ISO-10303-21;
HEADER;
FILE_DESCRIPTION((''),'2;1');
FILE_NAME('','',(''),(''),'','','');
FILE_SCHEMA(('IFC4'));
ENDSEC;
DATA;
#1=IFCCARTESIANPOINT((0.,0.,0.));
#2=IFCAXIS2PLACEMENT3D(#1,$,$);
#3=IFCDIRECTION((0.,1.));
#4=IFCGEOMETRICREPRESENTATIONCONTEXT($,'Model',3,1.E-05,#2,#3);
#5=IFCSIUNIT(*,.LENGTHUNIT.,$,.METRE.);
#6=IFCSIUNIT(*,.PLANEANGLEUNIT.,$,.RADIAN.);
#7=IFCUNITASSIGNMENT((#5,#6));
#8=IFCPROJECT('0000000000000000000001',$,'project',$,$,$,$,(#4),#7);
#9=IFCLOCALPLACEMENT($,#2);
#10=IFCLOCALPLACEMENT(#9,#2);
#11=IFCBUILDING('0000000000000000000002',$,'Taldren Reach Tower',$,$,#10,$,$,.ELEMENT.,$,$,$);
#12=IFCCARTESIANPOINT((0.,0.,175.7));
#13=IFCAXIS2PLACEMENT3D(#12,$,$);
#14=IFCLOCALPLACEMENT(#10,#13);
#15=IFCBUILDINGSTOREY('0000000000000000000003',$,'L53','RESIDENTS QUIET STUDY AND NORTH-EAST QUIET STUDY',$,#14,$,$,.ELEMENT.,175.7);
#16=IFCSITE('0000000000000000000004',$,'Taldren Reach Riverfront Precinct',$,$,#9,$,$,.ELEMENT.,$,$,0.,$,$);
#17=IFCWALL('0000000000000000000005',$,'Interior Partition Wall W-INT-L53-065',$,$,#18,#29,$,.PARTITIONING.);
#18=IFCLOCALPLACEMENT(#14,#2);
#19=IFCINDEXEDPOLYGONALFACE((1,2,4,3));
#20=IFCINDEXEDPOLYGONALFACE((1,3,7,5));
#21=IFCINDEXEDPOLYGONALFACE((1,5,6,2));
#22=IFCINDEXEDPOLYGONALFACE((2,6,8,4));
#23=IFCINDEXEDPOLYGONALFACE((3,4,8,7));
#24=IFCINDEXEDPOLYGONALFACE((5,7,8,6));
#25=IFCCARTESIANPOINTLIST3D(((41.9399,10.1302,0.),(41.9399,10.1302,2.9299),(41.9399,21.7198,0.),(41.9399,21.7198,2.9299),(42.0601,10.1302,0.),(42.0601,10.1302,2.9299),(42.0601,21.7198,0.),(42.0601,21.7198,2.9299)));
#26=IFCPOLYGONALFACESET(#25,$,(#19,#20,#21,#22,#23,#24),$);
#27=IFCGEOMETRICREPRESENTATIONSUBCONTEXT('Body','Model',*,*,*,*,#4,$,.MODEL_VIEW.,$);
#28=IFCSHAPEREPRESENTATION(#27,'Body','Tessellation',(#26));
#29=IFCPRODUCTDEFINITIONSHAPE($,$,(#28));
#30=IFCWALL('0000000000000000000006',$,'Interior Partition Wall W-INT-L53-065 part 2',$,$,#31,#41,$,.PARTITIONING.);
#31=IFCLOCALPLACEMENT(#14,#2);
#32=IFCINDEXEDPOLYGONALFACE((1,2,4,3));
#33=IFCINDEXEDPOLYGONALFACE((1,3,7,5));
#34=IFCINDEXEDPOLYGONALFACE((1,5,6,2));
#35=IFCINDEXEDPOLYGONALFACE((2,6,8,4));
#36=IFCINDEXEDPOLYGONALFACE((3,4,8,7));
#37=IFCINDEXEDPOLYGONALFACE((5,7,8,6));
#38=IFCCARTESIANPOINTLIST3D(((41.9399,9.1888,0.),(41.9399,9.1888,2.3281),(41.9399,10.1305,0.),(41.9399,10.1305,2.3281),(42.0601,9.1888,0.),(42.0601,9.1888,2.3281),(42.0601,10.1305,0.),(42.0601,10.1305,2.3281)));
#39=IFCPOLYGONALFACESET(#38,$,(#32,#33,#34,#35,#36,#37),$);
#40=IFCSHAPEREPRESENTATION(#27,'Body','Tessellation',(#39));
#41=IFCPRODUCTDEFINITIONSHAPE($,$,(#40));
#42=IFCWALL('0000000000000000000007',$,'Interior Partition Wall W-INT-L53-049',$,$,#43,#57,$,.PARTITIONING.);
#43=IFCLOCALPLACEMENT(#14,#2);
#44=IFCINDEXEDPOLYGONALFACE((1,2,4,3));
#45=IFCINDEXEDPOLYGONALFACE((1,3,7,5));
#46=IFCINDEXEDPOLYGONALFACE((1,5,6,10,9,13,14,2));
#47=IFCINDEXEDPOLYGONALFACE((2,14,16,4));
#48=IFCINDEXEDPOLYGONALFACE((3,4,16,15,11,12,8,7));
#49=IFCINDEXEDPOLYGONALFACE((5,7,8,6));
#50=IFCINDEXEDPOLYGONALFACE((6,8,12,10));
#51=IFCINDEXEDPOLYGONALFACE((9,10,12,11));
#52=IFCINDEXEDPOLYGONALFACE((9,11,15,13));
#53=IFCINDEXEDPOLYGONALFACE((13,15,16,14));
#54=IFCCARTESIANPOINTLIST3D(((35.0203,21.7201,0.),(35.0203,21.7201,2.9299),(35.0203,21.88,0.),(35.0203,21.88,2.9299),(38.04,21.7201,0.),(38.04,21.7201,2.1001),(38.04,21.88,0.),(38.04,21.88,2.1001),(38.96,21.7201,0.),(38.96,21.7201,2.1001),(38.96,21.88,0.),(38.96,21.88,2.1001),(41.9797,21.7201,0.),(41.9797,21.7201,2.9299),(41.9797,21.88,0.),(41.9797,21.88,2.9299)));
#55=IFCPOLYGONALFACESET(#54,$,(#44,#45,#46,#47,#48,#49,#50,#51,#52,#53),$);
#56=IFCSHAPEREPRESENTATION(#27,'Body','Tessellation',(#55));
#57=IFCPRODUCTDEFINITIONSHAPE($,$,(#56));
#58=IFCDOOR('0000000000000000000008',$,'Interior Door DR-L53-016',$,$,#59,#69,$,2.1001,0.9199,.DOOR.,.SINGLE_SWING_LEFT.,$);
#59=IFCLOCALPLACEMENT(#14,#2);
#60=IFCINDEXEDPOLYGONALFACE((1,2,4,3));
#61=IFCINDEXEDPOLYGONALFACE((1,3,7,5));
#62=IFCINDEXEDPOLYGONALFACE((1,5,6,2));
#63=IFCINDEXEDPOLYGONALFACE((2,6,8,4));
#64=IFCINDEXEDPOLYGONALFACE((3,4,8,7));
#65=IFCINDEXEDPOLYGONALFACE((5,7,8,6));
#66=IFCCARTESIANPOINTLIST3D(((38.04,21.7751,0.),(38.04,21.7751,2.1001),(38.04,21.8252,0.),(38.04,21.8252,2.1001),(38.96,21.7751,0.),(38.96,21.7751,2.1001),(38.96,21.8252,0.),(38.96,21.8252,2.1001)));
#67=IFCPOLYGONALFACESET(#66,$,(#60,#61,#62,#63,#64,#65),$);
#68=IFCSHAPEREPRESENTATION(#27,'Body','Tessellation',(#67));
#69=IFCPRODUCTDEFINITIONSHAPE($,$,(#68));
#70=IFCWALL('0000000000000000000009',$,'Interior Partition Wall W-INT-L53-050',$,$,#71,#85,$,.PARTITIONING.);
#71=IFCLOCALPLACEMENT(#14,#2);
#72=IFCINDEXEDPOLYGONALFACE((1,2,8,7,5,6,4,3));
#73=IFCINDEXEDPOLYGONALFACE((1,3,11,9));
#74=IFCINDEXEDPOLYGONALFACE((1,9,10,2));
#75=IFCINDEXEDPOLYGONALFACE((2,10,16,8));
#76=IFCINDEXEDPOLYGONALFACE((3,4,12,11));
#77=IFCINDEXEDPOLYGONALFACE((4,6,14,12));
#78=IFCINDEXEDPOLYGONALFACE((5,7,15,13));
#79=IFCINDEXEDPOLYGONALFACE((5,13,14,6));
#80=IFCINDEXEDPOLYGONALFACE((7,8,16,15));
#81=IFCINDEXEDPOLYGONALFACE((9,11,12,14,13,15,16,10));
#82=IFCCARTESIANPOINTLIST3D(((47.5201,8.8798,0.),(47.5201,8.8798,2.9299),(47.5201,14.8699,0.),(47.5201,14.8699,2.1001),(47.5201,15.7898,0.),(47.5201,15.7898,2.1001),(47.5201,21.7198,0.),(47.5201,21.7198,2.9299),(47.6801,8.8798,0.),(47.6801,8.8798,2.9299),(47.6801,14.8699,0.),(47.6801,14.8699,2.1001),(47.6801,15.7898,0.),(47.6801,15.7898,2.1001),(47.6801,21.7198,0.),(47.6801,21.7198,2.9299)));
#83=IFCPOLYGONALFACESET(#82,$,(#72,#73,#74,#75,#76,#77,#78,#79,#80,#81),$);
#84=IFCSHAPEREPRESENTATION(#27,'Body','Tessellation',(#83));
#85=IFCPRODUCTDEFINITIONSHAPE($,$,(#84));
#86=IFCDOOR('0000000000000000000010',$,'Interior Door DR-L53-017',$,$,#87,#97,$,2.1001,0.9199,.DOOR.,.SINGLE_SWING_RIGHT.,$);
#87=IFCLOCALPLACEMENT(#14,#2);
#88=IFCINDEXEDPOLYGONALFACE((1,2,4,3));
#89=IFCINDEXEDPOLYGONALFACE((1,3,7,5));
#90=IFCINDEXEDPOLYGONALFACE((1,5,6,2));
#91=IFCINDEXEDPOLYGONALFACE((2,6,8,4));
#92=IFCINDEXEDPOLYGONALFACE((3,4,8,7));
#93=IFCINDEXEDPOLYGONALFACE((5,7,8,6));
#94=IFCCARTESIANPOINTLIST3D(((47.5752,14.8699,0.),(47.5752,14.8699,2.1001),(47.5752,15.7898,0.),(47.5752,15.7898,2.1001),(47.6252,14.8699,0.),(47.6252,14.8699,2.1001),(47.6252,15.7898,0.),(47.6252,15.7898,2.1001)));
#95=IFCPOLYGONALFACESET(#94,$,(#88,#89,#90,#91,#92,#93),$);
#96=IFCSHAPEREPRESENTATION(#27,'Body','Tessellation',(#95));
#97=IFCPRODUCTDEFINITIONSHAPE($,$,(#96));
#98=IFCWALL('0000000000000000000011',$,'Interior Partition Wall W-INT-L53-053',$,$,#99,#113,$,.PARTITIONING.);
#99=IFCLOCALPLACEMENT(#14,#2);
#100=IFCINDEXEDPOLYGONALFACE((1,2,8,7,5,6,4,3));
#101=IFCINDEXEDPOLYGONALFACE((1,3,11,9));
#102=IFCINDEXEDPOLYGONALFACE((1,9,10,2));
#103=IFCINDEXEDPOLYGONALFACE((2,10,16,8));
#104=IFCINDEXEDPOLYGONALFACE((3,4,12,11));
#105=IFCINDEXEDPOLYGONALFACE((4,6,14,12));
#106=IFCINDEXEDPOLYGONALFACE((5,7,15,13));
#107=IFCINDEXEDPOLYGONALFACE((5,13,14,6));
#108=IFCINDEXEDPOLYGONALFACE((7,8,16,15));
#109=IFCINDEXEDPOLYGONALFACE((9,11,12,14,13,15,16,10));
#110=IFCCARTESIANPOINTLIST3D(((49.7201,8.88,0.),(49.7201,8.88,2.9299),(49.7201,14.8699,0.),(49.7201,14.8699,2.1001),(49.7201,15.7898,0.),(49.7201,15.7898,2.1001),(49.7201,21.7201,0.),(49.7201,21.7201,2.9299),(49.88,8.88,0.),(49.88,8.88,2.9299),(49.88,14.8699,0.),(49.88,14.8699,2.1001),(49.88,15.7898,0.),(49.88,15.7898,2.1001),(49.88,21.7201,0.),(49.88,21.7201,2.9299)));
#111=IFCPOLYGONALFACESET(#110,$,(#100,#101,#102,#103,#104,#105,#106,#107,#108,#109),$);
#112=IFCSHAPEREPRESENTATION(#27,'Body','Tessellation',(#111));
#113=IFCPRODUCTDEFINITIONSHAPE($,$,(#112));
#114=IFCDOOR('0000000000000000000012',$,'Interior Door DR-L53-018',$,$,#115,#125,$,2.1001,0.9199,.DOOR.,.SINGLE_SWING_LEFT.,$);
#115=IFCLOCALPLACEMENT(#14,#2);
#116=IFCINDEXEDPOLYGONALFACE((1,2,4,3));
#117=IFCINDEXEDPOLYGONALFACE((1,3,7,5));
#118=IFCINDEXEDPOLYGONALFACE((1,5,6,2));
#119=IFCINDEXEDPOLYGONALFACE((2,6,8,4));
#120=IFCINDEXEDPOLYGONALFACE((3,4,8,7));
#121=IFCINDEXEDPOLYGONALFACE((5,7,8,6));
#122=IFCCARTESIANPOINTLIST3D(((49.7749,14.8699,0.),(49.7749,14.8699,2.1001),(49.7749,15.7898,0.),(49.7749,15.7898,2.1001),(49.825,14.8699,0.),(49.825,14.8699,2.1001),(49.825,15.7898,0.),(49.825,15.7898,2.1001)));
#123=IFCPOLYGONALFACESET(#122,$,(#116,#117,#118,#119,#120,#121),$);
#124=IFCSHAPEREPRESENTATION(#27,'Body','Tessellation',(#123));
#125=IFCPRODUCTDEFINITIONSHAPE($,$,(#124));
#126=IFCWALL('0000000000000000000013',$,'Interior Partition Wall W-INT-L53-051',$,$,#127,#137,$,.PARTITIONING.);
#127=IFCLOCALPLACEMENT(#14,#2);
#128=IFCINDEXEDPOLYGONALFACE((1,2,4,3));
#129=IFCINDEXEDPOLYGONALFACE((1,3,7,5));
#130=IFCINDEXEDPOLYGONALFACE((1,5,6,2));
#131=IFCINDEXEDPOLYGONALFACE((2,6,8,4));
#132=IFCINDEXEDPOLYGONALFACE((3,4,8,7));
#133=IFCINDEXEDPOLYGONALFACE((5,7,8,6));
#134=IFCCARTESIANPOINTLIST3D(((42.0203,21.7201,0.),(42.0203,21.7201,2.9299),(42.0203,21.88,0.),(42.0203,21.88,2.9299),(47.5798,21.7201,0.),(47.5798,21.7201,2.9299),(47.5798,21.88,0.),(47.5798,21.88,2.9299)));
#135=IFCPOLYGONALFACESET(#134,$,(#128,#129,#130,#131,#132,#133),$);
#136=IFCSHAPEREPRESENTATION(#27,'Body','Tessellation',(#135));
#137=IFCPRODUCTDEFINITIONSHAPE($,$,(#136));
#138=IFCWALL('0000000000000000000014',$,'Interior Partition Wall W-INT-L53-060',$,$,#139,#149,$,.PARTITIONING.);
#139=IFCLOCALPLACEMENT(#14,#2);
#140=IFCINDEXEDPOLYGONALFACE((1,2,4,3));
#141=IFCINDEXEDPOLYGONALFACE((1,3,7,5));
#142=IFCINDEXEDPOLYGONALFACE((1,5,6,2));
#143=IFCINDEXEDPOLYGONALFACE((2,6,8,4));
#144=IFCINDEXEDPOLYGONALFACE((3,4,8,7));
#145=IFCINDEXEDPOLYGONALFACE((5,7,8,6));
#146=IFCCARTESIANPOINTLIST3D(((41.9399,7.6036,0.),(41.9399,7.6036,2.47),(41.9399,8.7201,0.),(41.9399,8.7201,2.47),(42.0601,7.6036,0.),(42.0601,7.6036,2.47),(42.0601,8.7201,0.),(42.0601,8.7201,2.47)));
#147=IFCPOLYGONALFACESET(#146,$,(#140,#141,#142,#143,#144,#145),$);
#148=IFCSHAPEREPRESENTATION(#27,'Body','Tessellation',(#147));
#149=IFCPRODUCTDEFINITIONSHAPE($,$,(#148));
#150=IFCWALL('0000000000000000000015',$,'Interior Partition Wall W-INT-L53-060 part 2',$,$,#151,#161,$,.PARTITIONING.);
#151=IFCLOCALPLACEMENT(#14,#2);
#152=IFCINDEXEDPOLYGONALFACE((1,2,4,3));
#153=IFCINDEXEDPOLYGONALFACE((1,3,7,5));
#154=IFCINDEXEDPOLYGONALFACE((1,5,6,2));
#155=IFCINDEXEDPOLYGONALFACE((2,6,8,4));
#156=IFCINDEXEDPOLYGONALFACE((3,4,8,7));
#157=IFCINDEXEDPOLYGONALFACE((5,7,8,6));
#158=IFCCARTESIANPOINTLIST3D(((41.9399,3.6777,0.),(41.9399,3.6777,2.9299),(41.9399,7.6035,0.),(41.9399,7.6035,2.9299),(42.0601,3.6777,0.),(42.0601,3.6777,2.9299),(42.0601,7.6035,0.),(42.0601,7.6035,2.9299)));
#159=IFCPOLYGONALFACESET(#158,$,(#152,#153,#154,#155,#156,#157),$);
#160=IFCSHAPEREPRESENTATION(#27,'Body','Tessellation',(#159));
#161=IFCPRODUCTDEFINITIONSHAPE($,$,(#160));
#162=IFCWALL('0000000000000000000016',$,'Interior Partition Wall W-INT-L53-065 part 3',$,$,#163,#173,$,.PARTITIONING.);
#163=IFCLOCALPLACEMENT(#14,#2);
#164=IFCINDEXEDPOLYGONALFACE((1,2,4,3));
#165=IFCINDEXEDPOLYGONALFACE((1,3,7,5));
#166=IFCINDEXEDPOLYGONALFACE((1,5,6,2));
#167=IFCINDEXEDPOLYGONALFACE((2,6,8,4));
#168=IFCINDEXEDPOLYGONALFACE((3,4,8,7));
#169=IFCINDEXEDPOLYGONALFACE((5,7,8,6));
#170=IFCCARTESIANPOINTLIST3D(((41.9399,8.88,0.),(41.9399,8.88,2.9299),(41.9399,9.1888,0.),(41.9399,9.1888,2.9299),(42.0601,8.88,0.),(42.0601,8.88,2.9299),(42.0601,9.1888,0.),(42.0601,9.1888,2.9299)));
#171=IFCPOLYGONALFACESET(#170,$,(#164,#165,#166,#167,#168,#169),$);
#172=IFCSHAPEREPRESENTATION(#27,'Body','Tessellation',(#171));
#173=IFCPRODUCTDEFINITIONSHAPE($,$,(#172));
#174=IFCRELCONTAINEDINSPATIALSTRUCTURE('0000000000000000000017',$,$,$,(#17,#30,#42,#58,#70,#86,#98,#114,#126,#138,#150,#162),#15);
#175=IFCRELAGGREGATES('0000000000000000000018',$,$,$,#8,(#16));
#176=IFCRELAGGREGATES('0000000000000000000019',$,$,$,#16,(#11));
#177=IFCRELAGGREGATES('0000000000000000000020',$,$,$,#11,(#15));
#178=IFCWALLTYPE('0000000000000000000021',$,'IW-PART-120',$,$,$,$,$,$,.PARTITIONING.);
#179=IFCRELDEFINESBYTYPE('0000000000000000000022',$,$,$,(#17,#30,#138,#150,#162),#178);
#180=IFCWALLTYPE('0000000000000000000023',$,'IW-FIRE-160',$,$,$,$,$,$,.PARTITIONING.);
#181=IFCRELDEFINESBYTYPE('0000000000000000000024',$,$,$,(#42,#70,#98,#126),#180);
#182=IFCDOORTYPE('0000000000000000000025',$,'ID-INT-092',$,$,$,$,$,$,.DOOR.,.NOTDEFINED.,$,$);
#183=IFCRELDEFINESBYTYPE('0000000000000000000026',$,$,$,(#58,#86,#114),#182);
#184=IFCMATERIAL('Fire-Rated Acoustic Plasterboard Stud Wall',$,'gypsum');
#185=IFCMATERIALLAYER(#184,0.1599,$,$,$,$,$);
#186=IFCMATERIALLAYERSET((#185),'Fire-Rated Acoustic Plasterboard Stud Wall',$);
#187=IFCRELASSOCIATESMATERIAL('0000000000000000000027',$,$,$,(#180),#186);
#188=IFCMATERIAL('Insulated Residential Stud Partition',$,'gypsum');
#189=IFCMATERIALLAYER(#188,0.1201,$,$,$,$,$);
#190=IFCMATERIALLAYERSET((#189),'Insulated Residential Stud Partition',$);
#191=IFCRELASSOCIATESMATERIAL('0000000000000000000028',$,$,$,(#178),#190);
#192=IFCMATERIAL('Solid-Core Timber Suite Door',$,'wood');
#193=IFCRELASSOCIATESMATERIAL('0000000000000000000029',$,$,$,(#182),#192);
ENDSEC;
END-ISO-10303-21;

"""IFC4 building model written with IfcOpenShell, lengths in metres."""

from ifc_helpers import new_model, si_unit, direction, frame, frame_2d, origin, place, context, subcontext, project, spatial, rectangle, extrude, source, transform, mapped, material, layer, layer_set, type_object, element, fill, save


model = new_model("IFC4")

# Units and contexts
model_context = context("Model", 3, precision=1e-05, world=origin(), true_north=direction((0.0, 1.0)))
body_context = subcontext(model_context, "Body", "Model", "MODEL_VIEW")
ifc_project = project(units=[si_unit("LENGTHUNIT", "METRE"), si_unit("PLANEANGLEUNIT", "RADIAN")], contexts=[model_context])

# Site, building, storey
site_placement = place(None, origin())
site = spatial("IfcSite", under=ifc_project, at=site_placement, Name="Taldren Reach Riverfront Precinct", CompositionType="ELEMENT", RefElevation=0.0)
building_placement = place(site_placement, origin())
building = spatial("IfcBuilding", under=site, at=building_placement, Name="Taldren Reach Tower", CompositionType="ELEMENT")
storey_placement = place(building_placement, frame((0.0, 0.0, 175.7)))
storey = spatial("IfcBuildingStorey", under=building, at=storey_placement, Name="L53", Description="RESIDENTS QUIET STUDY AND NORTH-EAST QUIET STUDY", CompositionType="ELEMENT", Elevation=175.7)

# Walls
ifc_material_1 = material(Name="Fire-Rated Acoustic Plasterboard Stud Wall", Category="gypsum")
ifc_layer_1 = layer(ifc_material_1, 0.1599)
ifc_layer_set_1 = layer_set([ifc_layer_1], Name="Fire-Rated Acoustic Plasterboard Stud Wall")
wall_type_1 = type_object("IfcWallType", Name="IW-FIRE-160", PredefinedType="PARTITIONING", material=ifc_layer_set_1)
ifc_material_2 = material(Name="Insulated Residential Stud Partition", Category="gypsum")
ifc_layer_2 = layer(ifc_material_2, 0.1201)
ifc_layer_set_2 = layer_set([ifc_layer_2], Name="Insulated Residential Stud Partition")
wall_type_2 = type_object("IfcWallType", Name="IW-PART-120", PredefinedType="PARTITIONING", material=ifc_layer_set_2)
shared_shape_1 = source(origin(), body_context, "Body", "SweptSolid", [
    extrude(rectangle(XDim=11.5896, YDim=0.1201, at=frame_2d((5.7949, 0.0))), origin(), (0.0, 0.0, 1.0), 2.9299),
])
wall_1_placement = place(storey_placement, frame((42.0, 21.72, 0.0), z_axis=(0.0, 0.0, 1.0), x_axis=(0.0, -1.0, 0.0)))
element("IfcWall", 1, at=wall_1_placement, inside=storey, type_object=wall_type_2, Name="Interior Partition Wall W-INT-L53-065", PredefinedType="PARTITIONING", context=body_context, shape_type="MappedRepresentation", body=[
    mapped(shared_shape_1, transform((0.0, 0.0, 0.0), scale=1.0)),
])
shared_shape_2 = source(origin(), body_context, "Body", "SweptSolid", [
    extrude(rectangle(XDim=0.9417, YDim=0.1201, at=frame_2d((0.4707, 0.0))), origin(), (0.0, 0.0, 1.0), 2.3281),
])
wall_2_placement = place(storey_placement, frame((42.0, 10.1304, 0.0), z_axis=(0.0, 0.0, 1.0), x_axis=(0.0, -1.0, 0.0)))
element("IfcWall", 2, at=wall_2_placement, inside=storey, type_object=wall_type_2, Name="Interior Partition Wall W-INT-L53-065 part 2", PredefinedType="PARTITIONING", context=body_context, shape_type="MappedRepresentation", body=[
    mapped(shared_shape_2, transform((0.0, 0.0, 0.0), scale=1.0)),
])

# Walls, openings, doors
shared_shape_3 = source(origin(), body_context, "Body", "SweptSolid", [
    extrude(rectangle(XDim=6.9595, YDim=0.1599, at=frame_2d((3.4797, 0.0))), origin(), (0.0, 0.0, 1.0), 2.9299),
])
wall_3_placement = place(storey_placement, frame((41.9797, 21.8, 0.0), z_axis=(0.0, 0.0, 1.0), x_axis=(-1.0, 0.0, 0.0)))
wall_3 = element("IfcWall", 3, at=wall_3_placement, inside=storey, type_object=wall_type_1, Name="Interior Partition Wall W-INT-L53-049", PredefinedType="PARTITIONING", context=body_context, shape_type="MappedRepresentation", body=[
    mapped(shared_shape_3, transform((0.0, 0.0, 0.0), scale=1.0)),
])
shared_shape_4 = source(origin(), body_context, "Body", "SweptSolid", [
    extrude(rectangle(XDim=0.9199, YDim=2.1001, at=frame_2d((0.46, 1.05))), frame((0.0, 0.0898, 0.0), z_axis=(0.0, -1.0, 0.0), x_axis=(1.0, 0.0, 0.0)), (0.0, 0.0, 1.0), 0.1799),
])
opening_1_placement = place(wall_3_placement, frame((3.0198, 0.0, 0.0)))
opening_1 = element("IfcOpeningElement", 4, at=opening_1_placement, cuts=wall_3, PredefinedType="OPENING", context=body_context, shape_type="MappedRepresentation", body=[
    mapped(shared_shape_4, transform((0.0, 0.0, 0.0), scale=1.0)),
])
ifc_material_3 = material(Name="Solid-Core Timber Suite Door", Category="wood")
door_type = type_object("IfcDoorType", Name="ID-INT-092", OperationType="NOTDEFINED", PredefinedType="DOOR", material=ifc_material_3)
shared_shape_5 = source(origin(), body_context, "Body", "SweptSolid", [
    extrude(rectangle(XDim=0.9199, YDim=2.1001, at=frame_2d((0.46, 1.05))), frame((0.0, 0.0249, 0.0), z_axis=(0.0, -1.0, 0.0), x_axis=(1.0, 0.0, 0.0)), (0.0, 0.0, 1.0), 0.05),
])
door_1_placement = place(opening_1_placement, origin())
door_1 = element("IfcDoor", 5, at=door_1_placement, inside=storey, type_object=door_type, Name="Interior Door DR-L53-016", OperationType="SINGLE_SWING_LEFT", OverallHeight=2.1001, OverallWidth=0.9199, PredefinedType="DOOR", context=body_context, shape_type="MappedRepresentation", body=[
    mapped(shared_shape_5, transform((0.0, 0.0, 0.0), scale=1.0)),
])
fill(opening_1, door_1)
shared_shape_6 = source(origin(), body_context, "Body", "SweptSolid", [
    extrude(rectangle(XDim=12.8401, YDim=0.1599, at=frame_2d((6.4199, 0.0))), origin(), (0.0, 0.0, 1.0), 2.9299),
])
wall_4_placement = place(storey_placement, frame((47.6001, 8.8799, 0.0), z_axis=(0.0, 0.0, 1.0), x_axis=(0.0, 1.0, 0.0)))
wall_4 = element("IfcWall", 6, at=wall_4_placement, inside=storey, type_object=wall_type_1, Name="Interior Partition Wall W-INT-L53-050", PredefinedType="PARTITIONING", context=body_context, shape_type="MappedRepresentation", body=[
    mapped(shared_shape_6, transform((0.0, 0.0, 0.0), scale=1.0)),
])
opening_2_placement = place(wall_4_placement, frame((5.99, 0.0, 0.0)))
opening_2 = element("IfcOpeningElement", 7, at=opening_2_placement, cuts=wall_4, PredefinedType="OPENING", context=body_context, shape_type="MappedRepresentation", body=[
    mapped(shared_shape_4, transform((0.0, 0.0, 0.0), scale=1.0)),
])
door_2_placement = place(opening_2_placement, origin())
door_2 = element("IfcDoor", 8, at=door_2_placement, inside=storey, type_object=door_type, Name="Interior Door DR-L53-017", OperationType="SINGLE_SWING_RIGHT", OverallHeight=2.1001, OverallWidth=0.9199, PredefinedType="DOOR", context=body_context, shape_type="MappedRepresentation", body=[
    mapped(shared_shape_5, transform((0.0, 0.0, 0.0), scale=1.0)),
])
fill(opening_2, door_2)
wall_5_placement = place(storey_placement, frame((49.8, 21.72, 0.0), z_axis=(0.0, 0.0, 1.0), x_axis=(0.0, -1.0, 0.0)))
wall_5 = element("IfcWall", 9, at=wall_5_placement, inside=storey, type_object=wall_type_1, Name="Interior Partition Wall W-INT-L53-053", PredefinedType="PARTITIONING", context=body_context, shape_type="MappedRepresentation", body=[
    mapped(shared_shape_6, transform((0.0, 0.0, 0.0), scale=1.0)),
])
opening_3_placement = place(wall_5_placement, frame((5.9302, 0.0, 0.0)))
opening_3 = element("IfcOpeningElement", 10, at=opening_3_placement, cuts=wall_5, PredefinedType="OPENING", context=body_context, shape_type="MappedRepresentation", body=[
    mapped(shared_shape_4, transform((0.0, 0.0, 0.0), scale=1.0)),
])
door_3_placement = place(opening_3_placement, origin())
door_3 = element("IfcDoor", 11, at=door_3_placement, inside=storey, type_object=door_type, Name="Interior Door DR-L53-018", OperationType="SINGLE_SWING_LEFT", OverallHeight=2.1001, OverallWidth=0.9199, PredefinedType="DOOR", context=body_context, shape_type="MappedRepresentation", body=[
    mapped(shared_shape_5, transform((0.0, 0.0, 0.0), scale=1.0)),
])
fill(opening_3, door_3)

# Walls
shared_shape_7 = source(origin(), body_context, "Body", "SweptSolid", [
    extrude(rectangle(XDim=5.5596, YDim=0.1599, at=frame_2d((2.7798, 0.0))), origin(), (0.0, 0.0, 1.0), 2.9299),
])
wall_6_placement = place(storey_placement, frame((47.5798, 21.8, 0.0), z_axis=(0.0, 0.0, 1.0), x_axis=(-1.0, 0.0, 0.0)))
element("IfcWall", 12, at=wall_6_placement, inside=storey, type_object=wall_type_1, Name="Interior Partition Wall W-INT-L53-051", PredefinedType="PARTITIONING", context=body_context, shape_type="MappedRepresentation", body=[
    mapped(shared_shape_7, transform((0.0, 0.0, 0.0), scale=1.0)),
])
shared_shape_8 = source(origin(), body_context, "Body", "SweptSolid", [
    extrude(rectangle(XDim=1.1165, YDim=0.1201, at=frame_2d((0.5581, 0.0))), origin(), (0.0, 0.0, 1.0), 2.47),
])
wall_7_placement = place(storey_placement, frame((42.0, 8.72, 0.0), z_axis=(0.0, 0.0, 1.0), x_axis=(0.0, -1.0, 0.0)))
element("IfcWall", 13, at=wall_7_placement, inside=storey, type_object=wall_type_2, Name="Interior Partition Wall W-INT-L53-060", PredefinedType="PARTITIONING", context=body_context, shape_type="MappedRepresentation", body=[
    mapped(shared_shape_8, transform((0.0, 0.0, 0.0), scale=1.0)),
])
shared_shape_9 = source(origin(), body_context, "Body", "SweptSolid", [
    extrude(rectangle(XDim=3.9258, YDim=0.1201, at=frame_2d((1.9629, 0.0))), origin(), (0.0, 0.0, 1.0), 2.9299),
])
wall_8_placement = place(storey_placement, frame((42.0, 7.6035, 0.0), z_axis=(0.0, 0.0, 1.0), x_axis=(0.0, -1.0, 0.0)))
element("IfcWall", 14, at=wall_8_placement, inside=storey, type_object=wall_type_2, Name="Interior Partition Wall W-INT-L53-060 part 2", PredefinedType="PARTITIONING", context=body_context, shape_type="MappedRepresentation", body=[
    mapped(shared_shape_9, transform((0.0, 0.0, 0.0), scale=1.0)),
])
shared_shape_10 = source(origin(), body_context, "Body", "SweptSolid", [
    extrude(rectangle(XDim=0.3088, YDim=0.1201, at=frame_2d((0.1543, 0.0))), origin(), (0.0, 0.0, 1.0), 2.9299),
])
wall_9_placement = place(storey_placement, frame((42.0, 9.1887, 0.0), z_axis=(0.0, 0.0, 1.0), x_axis=(0.0, -1.0, 0.0)))
element("IfcWall", 15, at=wall_9_placement, inside=storey, type_object=wall_type_2, Name="Interior Partition Wall W-INT-L53-065 part 3", PredefinedType="PARTITIONING", context=body_context, shape_type="MappedRepresentation", body=[
    mapped(shared_shape_10, transform((0.0, 0.0, 0.0), scale=1.0)),
])

save(model, "model.ifc")
